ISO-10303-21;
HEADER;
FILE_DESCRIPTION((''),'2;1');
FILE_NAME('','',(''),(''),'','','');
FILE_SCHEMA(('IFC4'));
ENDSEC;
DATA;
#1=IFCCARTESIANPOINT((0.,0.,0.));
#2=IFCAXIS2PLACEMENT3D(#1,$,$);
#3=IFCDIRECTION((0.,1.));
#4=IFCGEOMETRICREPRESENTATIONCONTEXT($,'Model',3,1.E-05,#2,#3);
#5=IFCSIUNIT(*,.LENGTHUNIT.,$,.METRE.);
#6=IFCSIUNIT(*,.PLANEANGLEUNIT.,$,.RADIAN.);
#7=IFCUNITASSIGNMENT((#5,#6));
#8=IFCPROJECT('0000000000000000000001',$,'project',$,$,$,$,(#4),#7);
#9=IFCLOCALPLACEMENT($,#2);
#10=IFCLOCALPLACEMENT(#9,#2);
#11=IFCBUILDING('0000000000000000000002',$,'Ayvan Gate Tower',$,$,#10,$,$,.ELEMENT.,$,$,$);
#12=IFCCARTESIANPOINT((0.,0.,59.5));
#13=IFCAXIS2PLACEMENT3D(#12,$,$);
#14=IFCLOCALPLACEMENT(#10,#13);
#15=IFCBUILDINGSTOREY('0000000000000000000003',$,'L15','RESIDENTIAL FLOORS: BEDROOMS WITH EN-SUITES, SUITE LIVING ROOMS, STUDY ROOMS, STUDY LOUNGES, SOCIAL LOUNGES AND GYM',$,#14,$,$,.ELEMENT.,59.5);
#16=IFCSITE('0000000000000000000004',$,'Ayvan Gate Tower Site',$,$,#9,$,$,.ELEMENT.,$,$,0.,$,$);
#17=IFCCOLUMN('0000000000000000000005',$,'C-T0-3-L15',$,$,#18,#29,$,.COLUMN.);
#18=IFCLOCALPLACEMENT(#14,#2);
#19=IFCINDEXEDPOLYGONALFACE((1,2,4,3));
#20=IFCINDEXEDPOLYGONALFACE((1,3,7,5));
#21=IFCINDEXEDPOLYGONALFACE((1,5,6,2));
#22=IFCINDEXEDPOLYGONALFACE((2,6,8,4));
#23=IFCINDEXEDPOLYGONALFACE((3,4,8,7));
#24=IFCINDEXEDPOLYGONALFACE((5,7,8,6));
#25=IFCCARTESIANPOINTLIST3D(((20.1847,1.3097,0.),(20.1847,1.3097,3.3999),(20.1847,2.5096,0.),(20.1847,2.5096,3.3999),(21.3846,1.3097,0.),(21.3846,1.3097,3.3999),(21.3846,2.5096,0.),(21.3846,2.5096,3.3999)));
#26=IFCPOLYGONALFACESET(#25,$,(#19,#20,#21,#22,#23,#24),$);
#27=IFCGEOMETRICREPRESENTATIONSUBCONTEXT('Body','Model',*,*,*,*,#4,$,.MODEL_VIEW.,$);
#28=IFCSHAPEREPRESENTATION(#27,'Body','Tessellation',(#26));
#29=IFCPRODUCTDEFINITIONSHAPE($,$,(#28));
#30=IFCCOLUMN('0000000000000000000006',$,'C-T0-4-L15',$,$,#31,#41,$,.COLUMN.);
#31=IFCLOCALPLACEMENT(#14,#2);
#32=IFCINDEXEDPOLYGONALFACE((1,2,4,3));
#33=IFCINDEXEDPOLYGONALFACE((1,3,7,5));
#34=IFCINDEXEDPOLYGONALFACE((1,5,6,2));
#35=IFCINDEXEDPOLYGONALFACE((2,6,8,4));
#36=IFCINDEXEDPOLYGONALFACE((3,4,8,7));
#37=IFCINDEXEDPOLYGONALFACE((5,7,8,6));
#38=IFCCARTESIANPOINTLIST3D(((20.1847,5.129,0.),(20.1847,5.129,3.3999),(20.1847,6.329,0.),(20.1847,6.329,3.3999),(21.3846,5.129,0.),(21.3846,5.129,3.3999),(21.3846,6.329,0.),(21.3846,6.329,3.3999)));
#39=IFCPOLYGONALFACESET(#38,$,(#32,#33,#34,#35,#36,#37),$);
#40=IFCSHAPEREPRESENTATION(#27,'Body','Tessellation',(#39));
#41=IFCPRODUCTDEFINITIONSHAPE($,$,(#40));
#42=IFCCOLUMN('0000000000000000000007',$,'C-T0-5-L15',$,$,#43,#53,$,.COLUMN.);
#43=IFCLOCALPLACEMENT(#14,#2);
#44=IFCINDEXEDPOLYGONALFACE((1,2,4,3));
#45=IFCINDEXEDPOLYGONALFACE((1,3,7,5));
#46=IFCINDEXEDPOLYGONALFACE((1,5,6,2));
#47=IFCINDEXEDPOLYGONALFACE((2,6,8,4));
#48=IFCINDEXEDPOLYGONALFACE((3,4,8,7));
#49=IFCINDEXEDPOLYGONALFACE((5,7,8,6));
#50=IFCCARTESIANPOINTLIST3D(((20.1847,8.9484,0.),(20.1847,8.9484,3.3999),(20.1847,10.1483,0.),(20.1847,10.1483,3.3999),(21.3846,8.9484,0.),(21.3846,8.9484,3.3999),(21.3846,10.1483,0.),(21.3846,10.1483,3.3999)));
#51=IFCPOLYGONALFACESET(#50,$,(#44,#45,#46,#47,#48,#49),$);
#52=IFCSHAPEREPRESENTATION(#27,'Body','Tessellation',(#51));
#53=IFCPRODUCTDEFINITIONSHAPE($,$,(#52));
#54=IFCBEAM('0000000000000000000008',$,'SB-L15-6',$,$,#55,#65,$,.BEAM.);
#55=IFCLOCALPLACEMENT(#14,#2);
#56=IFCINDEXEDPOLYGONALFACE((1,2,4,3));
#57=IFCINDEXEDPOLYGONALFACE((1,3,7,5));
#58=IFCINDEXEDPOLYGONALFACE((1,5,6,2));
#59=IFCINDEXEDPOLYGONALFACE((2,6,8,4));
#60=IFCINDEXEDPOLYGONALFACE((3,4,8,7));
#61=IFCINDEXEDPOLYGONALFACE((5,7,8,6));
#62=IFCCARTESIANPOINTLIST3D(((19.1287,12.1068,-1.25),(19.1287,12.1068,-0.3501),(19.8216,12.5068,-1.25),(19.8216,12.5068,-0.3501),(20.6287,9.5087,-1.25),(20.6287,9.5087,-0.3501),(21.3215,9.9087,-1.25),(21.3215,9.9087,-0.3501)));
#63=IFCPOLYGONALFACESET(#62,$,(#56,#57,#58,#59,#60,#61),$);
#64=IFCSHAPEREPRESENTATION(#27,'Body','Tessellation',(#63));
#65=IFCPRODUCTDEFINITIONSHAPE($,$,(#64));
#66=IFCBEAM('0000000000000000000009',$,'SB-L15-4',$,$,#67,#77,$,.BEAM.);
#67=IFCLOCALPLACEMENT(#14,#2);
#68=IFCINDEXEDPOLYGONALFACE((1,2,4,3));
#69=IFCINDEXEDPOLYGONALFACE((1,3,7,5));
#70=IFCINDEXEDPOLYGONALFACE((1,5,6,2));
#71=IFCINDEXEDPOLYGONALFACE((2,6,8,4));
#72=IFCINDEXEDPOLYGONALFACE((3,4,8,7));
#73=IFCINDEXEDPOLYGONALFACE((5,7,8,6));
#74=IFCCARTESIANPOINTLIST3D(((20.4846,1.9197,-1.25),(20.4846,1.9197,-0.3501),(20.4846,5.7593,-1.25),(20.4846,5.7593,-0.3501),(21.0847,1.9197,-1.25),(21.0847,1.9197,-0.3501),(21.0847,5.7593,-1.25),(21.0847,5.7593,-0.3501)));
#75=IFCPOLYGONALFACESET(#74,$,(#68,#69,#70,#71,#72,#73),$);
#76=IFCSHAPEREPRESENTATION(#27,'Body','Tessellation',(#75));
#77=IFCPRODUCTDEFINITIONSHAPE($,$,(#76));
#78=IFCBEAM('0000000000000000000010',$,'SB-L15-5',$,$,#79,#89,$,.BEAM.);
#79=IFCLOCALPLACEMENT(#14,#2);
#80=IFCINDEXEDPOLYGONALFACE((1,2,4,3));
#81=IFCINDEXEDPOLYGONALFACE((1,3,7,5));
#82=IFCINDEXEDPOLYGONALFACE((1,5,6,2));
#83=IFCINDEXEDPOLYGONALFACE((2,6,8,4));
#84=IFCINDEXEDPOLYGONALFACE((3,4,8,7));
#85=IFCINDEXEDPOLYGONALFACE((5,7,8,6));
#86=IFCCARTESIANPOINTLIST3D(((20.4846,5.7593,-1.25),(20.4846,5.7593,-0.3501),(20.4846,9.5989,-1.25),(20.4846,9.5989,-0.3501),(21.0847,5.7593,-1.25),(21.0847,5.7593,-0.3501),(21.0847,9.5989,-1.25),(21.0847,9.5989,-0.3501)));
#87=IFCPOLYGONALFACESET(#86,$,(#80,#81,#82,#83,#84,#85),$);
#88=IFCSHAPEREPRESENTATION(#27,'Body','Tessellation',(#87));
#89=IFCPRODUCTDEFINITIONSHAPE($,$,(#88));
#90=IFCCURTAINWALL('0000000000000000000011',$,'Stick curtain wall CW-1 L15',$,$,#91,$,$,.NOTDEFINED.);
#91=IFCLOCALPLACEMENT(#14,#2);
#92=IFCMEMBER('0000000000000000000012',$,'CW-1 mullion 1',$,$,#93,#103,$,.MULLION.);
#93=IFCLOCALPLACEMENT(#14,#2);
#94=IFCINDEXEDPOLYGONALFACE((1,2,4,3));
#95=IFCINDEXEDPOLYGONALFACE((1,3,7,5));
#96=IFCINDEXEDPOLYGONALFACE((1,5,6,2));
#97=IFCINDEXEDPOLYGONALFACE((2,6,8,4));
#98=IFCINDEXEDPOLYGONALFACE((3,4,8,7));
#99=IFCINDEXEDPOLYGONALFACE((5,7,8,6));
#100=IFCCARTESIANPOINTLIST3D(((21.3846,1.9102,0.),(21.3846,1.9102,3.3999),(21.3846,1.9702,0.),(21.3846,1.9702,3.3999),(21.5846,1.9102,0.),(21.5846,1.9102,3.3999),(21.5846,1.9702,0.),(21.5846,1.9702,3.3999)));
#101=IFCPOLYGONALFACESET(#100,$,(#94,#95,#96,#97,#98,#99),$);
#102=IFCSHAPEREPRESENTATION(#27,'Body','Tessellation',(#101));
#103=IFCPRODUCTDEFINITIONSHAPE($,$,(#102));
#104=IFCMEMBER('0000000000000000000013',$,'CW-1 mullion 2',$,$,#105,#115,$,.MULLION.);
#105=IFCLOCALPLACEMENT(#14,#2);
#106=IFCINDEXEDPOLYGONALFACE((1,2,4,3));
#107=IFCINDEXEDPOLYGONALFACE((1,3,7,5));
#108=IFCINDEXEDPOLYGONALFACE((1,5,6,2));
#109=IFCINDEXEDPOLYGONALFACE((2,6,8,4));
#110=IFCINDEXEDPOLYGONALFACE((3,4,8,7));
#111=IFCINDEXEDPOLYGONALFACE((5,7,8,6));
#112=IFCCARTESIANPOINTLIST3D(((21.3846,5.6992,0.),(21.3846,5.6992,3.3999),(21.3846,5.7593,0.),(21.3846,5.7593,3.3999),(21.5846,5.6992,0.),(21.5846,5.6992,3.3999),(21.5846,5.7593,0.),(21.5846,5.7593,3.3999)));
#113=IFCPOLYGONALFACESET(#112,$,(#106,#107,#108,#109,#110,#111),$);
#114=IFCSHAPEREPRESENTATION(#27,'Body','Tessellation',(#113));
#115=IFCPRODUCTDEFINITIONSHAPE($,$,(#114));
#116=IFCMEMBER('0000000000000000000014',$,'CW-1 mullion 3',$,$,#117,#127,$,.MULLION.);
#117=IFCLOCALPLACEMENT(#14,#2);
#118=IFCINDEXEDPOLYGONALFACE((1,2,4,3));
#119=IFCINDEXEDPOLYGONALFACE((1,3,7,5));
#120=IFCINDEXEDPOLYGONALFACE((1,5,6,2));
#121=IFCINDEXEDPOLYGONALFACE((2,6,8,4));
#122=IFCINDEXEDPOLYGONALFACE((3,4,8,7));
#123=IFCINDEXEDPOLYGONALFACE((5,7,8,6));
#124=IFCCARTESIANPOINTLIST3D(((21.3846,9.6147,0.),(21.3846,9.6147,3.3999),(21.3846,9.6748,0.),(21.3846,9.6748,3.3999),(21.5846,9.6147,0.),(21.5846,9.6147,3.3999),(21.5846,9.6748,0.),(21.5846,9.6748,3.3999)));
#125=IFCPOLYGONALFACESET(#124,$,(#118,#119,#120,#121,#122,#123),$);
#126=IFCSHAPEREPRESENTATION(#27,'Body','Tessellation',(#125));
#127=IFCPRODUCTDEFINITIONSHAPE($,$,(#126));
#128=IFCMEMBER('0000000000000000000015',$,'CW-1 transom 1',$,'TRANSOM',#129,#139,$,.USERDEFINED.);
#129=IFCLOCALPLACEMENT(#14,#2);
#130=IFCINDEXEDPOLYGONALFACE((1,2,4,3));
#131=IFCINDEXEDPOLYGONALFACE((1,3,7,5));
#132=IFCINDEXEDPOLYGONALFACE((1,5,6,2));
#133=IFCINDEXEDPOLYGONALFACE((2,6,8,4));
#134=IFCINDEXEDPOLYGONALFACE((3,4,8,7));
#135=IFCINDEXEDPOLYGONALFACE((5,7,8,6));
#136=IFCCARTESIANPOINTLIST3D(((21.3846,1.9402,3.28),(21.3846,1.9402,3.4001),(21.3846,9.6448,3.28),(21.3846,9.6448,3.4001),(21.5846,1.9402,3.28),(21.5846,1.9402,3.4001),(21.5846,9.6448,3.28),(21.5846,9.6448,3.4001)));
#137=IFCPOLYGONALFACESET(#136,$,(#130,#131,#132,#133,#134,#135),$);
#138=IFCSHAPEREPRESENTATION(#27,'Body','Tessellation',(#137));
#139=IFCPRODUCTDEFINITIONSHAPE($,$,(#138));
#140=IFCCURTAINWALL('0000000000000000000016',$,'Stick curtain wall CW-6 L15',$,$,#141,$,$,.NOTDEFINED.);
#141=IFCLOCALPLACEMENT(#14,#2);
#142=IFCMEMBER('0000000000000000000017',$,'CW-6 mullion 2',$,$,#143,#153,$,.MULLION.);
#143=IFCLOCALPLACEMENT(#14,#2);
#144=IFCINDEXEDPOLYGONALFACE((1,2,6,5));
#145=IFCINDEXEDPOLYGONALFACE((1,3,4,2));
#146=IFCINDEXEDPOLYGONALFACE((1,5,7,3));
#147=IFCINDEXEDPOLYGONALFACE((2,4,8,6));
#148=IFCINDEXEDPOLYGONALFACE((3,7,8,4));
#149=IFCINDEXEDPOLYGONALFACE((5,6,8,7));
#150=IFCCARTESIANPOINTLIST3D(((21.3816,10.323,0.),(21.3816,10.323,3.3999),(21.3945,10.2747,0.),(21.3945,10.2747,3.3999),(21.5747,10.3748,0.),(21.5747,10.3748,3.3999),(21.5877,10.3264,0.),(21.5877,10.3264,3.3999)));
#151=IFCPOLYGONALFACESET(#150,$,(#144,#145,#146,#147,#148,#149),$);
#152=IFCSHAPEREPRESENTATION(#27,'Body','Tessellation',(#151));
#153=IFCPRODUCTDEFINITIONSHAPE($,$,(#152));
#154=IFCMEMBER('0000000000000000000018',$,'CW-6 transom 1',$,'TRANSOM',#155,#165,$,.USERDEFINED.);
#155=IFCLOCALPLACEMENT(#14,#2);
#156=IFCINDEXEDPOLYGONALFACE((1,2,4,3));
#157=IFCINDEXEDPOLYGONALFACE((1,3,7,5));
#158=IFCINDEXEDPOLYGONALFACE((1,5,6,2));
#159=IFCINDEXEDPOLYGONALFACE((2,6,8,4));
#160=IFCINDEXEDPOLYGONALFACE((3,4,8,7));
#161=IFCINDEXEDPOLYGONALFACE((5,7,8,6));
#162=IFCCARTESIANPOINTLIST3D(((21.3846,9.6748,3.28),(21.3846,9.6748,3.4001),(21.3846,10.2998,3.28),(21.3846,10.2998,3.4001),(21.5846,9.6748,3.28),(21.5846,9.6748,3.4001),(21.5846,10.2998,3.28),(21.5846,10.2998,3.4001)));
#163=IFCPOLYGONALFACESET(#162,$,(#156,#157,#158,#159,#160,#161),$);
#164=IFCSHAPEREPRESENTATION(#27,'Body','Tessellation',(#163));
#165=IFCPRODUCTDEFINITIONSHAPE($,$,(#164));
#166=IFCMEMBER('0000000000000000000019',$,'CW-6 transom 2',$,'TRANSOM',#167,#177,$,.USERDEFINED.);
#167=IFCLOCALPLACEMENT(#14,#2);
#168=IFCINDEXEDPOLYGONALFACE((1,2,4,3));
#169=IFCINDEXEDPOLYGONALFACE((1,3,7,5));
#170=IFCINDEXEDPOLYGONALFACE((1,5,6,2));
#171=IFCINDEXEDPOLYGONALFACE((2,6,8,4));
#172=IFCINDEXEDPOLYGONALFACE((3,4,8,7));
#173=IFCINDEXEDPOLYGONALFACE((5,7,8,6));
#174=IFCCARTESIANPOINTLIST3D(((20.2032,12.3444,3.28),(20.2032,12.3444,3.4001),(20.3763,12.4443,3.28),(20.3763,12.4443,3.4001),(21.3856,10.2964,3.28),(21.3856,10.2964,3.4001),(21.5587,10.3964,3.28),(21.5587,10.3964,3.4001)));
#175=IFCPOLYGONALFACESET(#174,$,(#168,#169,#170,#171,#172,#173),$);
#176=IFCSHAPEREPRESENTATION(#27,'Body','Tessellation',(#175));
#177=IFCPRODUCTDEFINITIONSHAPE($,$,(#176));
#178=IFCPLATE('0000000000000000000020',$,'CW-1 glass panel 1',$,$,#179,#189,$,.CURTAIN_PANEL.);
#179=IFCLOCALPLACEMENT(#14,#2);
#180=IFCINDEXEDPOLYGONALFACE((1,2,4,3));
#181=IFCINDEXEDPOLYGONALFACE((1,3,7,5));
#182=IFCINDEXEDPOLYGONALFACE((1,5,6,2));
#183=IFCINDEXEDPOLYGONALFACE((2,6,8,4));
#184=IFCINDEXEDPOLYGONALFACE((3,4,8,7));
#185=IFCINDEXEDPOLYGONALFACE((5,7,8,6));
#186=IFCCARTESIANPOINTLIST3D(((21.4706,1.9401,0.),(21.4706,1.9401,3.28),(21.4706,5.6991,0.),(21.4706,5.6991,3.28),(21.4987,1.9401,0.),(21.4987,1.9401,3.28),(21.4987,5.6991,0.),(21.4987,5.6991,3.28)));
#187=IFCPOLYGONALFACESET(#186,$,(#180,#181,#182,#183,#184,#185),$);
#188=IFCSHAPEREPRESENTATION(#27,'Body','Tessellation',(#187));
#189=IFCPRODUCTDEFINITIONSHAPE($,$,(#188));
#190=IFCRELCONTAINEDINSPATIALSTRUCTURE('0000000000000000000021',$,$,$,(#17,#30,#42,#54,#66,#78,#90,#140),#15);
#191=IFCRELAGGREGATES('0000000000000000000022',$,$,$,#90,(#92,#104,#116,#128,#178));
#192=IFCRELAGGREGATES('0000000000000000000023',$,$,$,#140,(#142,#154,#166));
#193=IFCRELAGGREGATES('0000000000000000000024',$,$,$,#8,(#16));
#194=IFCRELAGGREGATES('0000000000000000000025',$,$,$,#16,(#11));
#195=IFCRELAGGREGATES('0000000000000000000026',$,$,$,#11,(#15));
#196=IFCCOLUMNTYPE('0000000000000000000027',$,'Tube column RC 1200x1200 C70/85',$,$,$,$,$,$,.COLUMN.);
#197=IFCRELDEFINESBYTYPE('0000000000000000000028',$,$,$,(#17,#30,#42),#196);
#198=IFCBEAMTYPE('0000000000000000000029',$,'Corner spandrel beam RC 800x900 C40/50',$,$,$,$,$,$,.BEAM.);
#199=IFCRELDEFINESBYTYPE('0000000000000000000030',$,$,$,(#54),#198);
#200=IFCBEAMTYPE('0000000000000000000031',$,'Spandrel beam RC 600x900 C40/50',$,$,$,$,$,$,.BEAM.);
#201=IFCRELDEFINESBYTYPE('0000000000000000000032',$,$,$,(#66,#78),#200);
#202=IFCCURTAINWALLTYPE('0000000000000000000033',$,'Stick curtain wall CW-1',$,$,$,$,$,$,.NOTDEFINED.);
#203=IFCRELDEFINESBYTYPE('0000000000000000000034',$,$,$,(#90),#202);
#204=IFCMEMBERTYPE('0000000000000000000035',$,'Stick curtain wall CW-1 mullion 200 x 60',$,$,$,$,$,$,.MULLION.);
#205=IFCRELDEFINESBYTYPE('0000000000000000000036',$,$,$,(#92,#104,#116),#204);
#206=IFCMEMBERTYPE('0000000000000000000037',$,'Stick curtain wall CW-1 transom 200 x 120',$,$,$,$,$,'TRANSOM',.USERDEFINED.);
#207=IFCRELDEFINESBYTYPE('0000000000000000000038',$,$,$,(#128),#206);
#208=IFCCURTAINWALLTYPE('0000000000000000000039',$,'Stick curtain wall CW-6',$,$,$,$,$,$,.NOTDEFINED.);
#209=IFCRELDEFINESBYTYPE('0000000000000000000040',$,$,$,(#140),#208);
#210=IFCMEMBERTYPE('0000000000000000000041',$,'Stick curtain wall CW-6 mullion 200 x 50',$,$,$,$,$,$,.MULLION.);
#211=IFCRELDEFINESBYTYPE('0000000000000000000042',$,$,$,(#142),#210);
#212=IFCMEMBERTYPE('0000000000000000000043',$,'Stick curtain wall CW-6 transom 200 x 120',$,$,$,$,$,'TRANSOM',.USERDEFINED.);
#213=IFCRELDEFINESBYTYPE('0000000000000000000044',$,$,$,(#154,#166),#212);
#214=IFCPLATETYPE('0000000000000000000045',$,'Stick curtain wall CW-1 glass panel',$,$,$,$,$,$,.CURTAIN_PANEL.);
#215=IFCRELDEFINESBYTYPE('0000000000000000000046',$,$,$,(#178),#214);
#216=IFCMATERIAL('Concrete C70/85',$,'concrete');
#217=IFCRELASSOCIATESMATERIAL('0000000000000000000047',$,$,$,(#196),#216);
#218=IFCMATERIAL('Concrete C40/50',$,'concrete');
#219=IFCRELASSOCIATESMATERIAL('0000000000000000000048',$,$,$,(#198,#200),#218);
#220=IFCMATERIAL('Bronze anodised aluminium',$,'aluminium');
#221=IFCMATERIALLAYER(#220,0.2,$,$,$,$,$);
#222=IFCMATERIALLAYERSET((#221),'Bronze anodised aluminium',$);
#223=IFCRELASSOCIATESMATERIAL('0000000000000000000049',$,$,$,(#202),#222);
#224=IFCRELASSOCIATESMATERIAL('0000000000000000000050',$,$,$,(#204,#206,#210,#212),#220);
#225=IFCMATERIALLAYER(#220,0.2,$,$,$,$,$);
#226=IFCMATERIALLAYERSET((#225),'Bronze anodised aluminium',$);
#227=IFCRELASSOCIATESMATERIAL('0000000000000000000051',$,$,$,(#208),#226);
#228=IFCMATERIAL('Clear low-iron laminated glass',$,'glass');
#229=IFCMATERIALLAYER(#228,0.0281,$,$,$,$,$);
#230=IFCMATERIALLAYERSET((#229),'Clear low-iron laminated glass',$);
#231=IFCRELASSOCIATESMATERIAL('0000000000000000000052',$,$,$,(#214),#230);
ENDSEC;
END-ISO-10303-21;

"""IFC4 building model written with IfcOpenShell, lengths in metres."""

from ifc_helpers import new_model, si_unit, direction, frame, origin, origin_2d, place, context, subcontext, project, spatial, rectangle, extrude, material, layer, layer_set, material_profile, profile_set, type_object, element, aggregate, save


model = new_model("IFC4")

# Units and contexts
model_context = context("Model", 3, precision=1e-05, world=origin(), true_north=direction((0.0, 1.0)))
body_context = subcontext(model_context, "Body", "Model", "MODEL_VIEW")
ifc_project = project(units=[si_unit("LENGTHUNIT", "METRE"), si_unit("PLANEANGLEUNIT", "RADIAN")], contexts=[model_context])

# Site, building, storey
site_placement = place(None, origin())
site = spatial("IfcSite", under=ifc_project, at=site_placement, Name="Ayvan Gate Tower Site", CompositionType="ELEMENT", RefElevation=0.0)
building_placement = place(site_placement, origin())
building = spatial("IfcBuilding", under=site, at=building_placement, Name="Ayvan Gate Tower", CompositionType="ELEMENT")
storey_placement = place(building_placement, frame((0.0, 0.0, 59.5)))
storey = spatial("IfcBuildingStorey", under=building, at=storey_placement, Name="L15", Description="RESIDENTIAL FLOORS: BEDROOMS WITH EN-SUITES, SUITE LIVING ROOMS, STUDY ROOMS, STUDY LOUNGES, SOCIAL LOUNGES AND GYM", CompositionType="ELEMENT", Elevation=59.5)

# Columns
ifc_material_1 = material(Name="Concrete C70/85", Category="concrete")
ifc_material_profile_1 = material_profile(ifc_material_1, rectangle(XDim=1.2, YDim=1.2, at=origin_2d()), Name="RC 1200x1200")
ifc_profile_set_1 = profile_set([ifc_material_profile_1], Name="Concrete C70/85")
column_type = type_object("IfcColumnType", Name="Tube column RC 1200x1200 C70/85", PredefinedType="COLUMN", material=ifc_profile_set_1)
for number, where, z_axis, x_axis, name in (
    (1, (20.7847, 1.9097, 0.0), (0.0, 0.0, 1.0), (1.0, 0.0, 0.0), "C-T0-3-L15"),
    (2, (20.7847, 5.729, 0.0), (0.0, 0.0, 1.0), (1.0, 0.0, 0.0), "C-T0-4-L15"),
    (3, (20.7847, 9.5483, 0.0), (0.0, 0.0, 1.0), (1.0, 0.0, 0.0), "C-T0-5-L15"),
):
    element("IfcColumn", number, at=place(storey_placement, frame(where, z_axis=z_axis, x_axis=x_axis)), inside=storey, type_object=column_type, Name=name, PredefinedType="COLUMN", context=body_context, shape_type="SweptSolid", body=[
        extrude(rectangle(XDim=1.2, YDim=1.2, at=origin_2d()), origin(), (0.0, 0.0, 1.0), 3.3999),
    ])

# Beams
ifc_material_2 = material(Name="Concrete C40/50", Category="concrete")
ifc_material_profile_2 = material_profile(ifc_material_2, rectangle(XDim=0.8, YDim=0.8999, at=origin_2d()), Name="RC 800x900")
ifc_profile_set_2 = profile_set([ifc_material_profile_2], Name="Concrete C40/50")
beam_type_1 = type_object("IfcBeamType", Name="Corner spandrel beam RC 800x900 C40/50", PredefinedType="BEAM", material=ifc_profile_set_2)
beam_placement = place(storey_placement, frame((20.9751, 9.7087, -0.8), z_axis=(-0.49999, 0.866031, 0.0), x_axis=(-0.866031, -0.49999, 0.0)))
element("IfcBeam", 4, at=beam_placement, inside=storey, type_object=beam_type_1, Name="SB-L15-6", PredefinedType="BEAM", context=body_context, shape_type="SweptSolid", body=[
    extrude(rectangle(XDim=0.8, YDim=0.8999, at=origin_2d()), origin(), (0.0, 0.0, 1.0), 3.0),
])
ifc_material_profile_3 = material_profile(ifc_material_2, rectangle(XDim=0.6001, YDim=0.8999, at=origin_2d()), Name="RC 600x900")
ifc_profile_set_3 = profile_set([ifc_material_profile_3], Name="Concrete C40/50")
beam_type_2 = type_object("IfcBeamType", Name="Spandrel beam RC 600x900 C40/50", PredefinedType="BEAM", material=ifc_profile_set_3)
for number, where, z_axis, x_axis, name in (
    (5, (20.7847, 1.9197, -0.8), (0.0, 1.0, 0.0), (-1.0, 0.0, 0.0), "SB-L15-4"),
    (6, (20.7847, 5.7593, -0.8), (0.0, 1.0, 0.0), (-1.0, 0.0, 0.0), "SB-L15-5"),
):
    element("IfcBeam", number, at=place(storey_placement, frame(where, z_axis=z_axis, x_axis=x_axis)), inside=storey, type_object=beam_type_2, Name=name, PredefinedType="BEAM", context=body_context, shape_type="SweptSolid", body=[
        extrude(rectangle(XDim=0.6001, YDim=0.8999, at=origin_2d()), origin(), (0.0, 0.0, 1.0), 3.8396),
    ])

# Curtain walls, members
ifc_material_3 = material(Name="Bronze anodised aluminium", Category="aluminium")
ifc_layer_1 = layer(ifc_material_3, 0.2)
ifc_layer_set_1 = layer_set([ifc_layer_1], Name="Bronze anodised aluminium")
curtain_wall_type_1 = type_object("IfcCurtainWallType", Name="Stick curtain wall CW-1", PredefinedType="NOTDEFINED", material=ifc_layer_set_1)
curtain_wall_1_placement = place(storey_placement, origin())
curtain_wall_1 = element("IfcCurtainWall", 7, at=curtain_wall_1_placement, inside=storey, type_object=curtain_wall_type_1, Name="Stick curtain wall CW-1 L15", PredefinedType="NOTDEFINED")
ifc_material_profile_4 = material_profile(ifc_material_3, rectangle(XDim=0.2, YDim=0.0601, at=origin_2d()), Name="Stick curtain wall CW-1 mullion 200 x 60")
ifc_profile_set_4 = profile_set([ifc_material_profile_4], Name="Bronze anodised aluminium")
member_type_1 = type_object("IfcMemberType", Name="Stick curtain wall CW-1 mullion 200 x 60", PredefinedType="MULLION", material=ifc_profile_set_4)
member_1_placement = place(storey_placement, frame((21.4846, 1.9402, 0.0), z_axis=(0.0, 0.0, 1.0), x_axis=(1.0, 0.0, 0.0)))
member_1 = element("IfcMember", 8, at=member_1_placement, type_object=member_type_1, Name="CW-1 mullion 1", PredefinedType="MULLION", context=body_context, shape_type="SweptSolid", body=[
    extrude(rectangle(XDim=0.2, YDim=0.0601, at=origin_2d()), origin(), (0.0, 0.0, 1.0), 3.3999),
])
member_2_placement = place(storey_placement, frame((21.4846, 5.7292, 0.0), z_axis=(0.0, 0.0, 1.0), x_axis=(1.0, 0.0, 0.0)))
member_2 = element("IfcMember", 9, at=member_2_placement, type_object=member_type_1, Name="CW-1 mullion 2", PredefinedType="MULLION", context=body_context, shape_type="SweptSolid", body=[
    extrude(rectangle(XDim=0.2, YDim=0.0601, at=origin_2d()), origin(), (0.0, 0.0, 1.0), 3.3999),
])
member_3_placement = place(storey_placement, frame((21.4846, 9.6448, 0.0), z_axis=(0.0, 0.0, 1.0), x_axis=(1.0, 0.0, 0.0)))
member_3 = element("IfcMember", 10, at=member_3_placement, type_object=member_type_1, Name="CW-1 mullion 3", PredefinedType="MULLION", context=body_context, shape_type="SweptSolid", body=[
    extrude(rectangle(XDim=0.2, YDim=0.0601, at=origin_2d()), origin(), (0.0, 0.0, 1.0), 3.3999),
])
ifc_material_profile_5 = material_profile(ifc_material_3, rectangle(XDim=0.2, YDim=0.1201, at=origin_2d()), Name="Stick curtain wall CW-1 transom 200 x 120")
ifc_profile_set_5 = profile_set([ifc_material_profile_5], Name="Bronze anodised aluminium")
member_type_2 = type_object("IfcMemberType", Name="Stick curtain wall CW-1 transom 200 x 120", ElementType="TRANSOM", PredefinedType="USERDEFINED", material=ifc_profile_set_5)
member_4_placement = place(storey_placement, frame((21.4846, 1.9402, 3.3401), z_axis=(0.0, 1.0, 0.0), x_axis=(-1.0, 0.0, 0.0)))
member_4 = element("IfcMember", 11, at=member_4_placement, type_object=member_type_2, Name="CW-1 transom 1", ObjectType="TRANSOM", PredefinedType="USERDEFINED", context=body_context, shape_type="SweptSolid", body=[
    extrude(rectangle(XDim=0.2, YDim=0.1201, at=origin_2d()), origin(), (0.0, 0.0, 1.0), 7.7046),
])
ifc_layer_2 = layer(ifc_material_3, 0.2)
ifc_layer_set_2 = layer_set([ifc_layer_2], Name="Bronze anodised aluminium")
curtain_wall_type_2 = type_object("IfcCurtainWallType", Name="Stick curtain wall CW-6", PredefinedType="NOTDEFINED", material=ifc_layer_set_2)
curtain_wall_2_placement = place(storey_placement, origin())
curtain_wall_2 = element("IfcCurtainWall", 12, at=curtain_wall_2_placement, inside=storey, type_object=curtain_wall_type_2, Name="Stick curtain wall CW-6 L15", PredefinedType="NOTDEFINED")
ifc_material_profile_6 = material_profile(ifc_material_3, rectangle(XDim=0.2, YDim=0.05, at=origin_2d()), Name="Stick curtain wall CW-6 mullion 200 x 50")
ifc_profile_set_6 = profile_set([ifc_material_profile_6], Name="Bronze anodised aluminium")
member_type_3 = type_object("IfcMemberType", Name="Stick curtain wall CW-6 mullion 200 x 50", PredefinedType="MULLION", material=ifc_profile_set_6)
member_5_placement = place(storey_placement, frame((21.4846, 10.3247, 0.0), z_axis=(0.0, 0.0, 1.0), x_axis=(0.965926, 0.258819, 0.0)))
member_5 = element("IfcMember", 13, at=member_5_placement, type_object=member_type_3, Name="CW-6 mullion 2", PredefinedType="MULLION", context=body_context, shape_type="SweptSolid", body=[
    extrude(rectangle(XDim=0.2, YDim=0.05, at=origin_2d()), origin(), (0.0, 0.0, 1.0), 3.3999),
])
ifc_material_profile_7 = material_profile(ifc_material_3, rectangle(XDim=0.2, YDim=0.1201, at=origin_2d()), Name="Stick curtain wall CW-6 transom 200 x 120")
ifc_profile_set_7 = profile_set([ifc_material_profile_7], Name="Bronze anodised aluminium")
member_type_4 = type_object("IfcMemberType", Name="Stick curtain wall CW-6 transom 200 x 120", ElementType="TRANSOM", PredefinedType="USERDEFINED", material=ifc_profile_set_7)
member_6_placement = place(storey_placement, frame((21.4846, 9.6748, 3.3401), z_axis=(0.0, 1.0, 0.0), x_axis=(-1.0, 0.0, 0.0)))
member_6 = element("IfcMember", 14, at=member_6_placement, type_object=member_type_4, Name="CW-6 transom 1", ObjectType="TRANSOM", PredefinedType="USERDEFINED", context=body_context, shape_type="SweptSolid", body=[
    extrude(rectangle(XDim=0.2, YDim=0.1201, at=origin_2d()), origin(), (0.0, 0.0, 1.0), 0.625),
])
member_7_placement = place(storey_placement, frame((21.4722, 10.3464, 3.3401), z_axis=(-0.500014, 0.866017, 0.0), x_axis=(-0.866017, -0.500014, 0.0)))
member_7 = element("IfcMember", 15, at=member_7_placement, type_object=member_type_4, Name="CW-6 transom 2", ObjectType="TRANSOM", PredefinedType="USERDEFINED", context=body_context, shape_type="SweptSolid", body=[
    extrude(rectangle(XDim=0.2, YDim=0.1201, at=origin_2d()), origin(), (0.0, 0.0, 1.0), 2.3647),
])

# Plate
ifc_material_4 = material(Name="Clear low-iron laminated glass", Category="glass")
ifc_layer_3 = layer(ifc_material_4, 0.0281)
ifc_layer_set_3 = layer_set([ifc_layer_3], Name="Clear low-iron laminated glass")
plate_type_1 = type_object("IfcPlateType", Name="Stick curtain wall CW-1 glass panel", PredefinedType="CURTAIN_PANEL", material=ifc_layer_set_3)
plate_1_placement = place(storey_placement, frame((21.4846, 3.8196, 0.0), z_axis=(0.0, 0.0, 1.0), x_axis=(0.0, 1.0, 0.0)))
plate_1 = element("IfcPlate", 16, at=plate_1_placement, type_object=plate_type_1, Name="CW-1 glass panel 1", PredefinedType="CURTAIN_PANEL", context=body_context, shape_type="SweptSolid", body=[
    extrude(rectangle(XDim=3.759, YDim=0.0281, at=origin_2d()), origin(), (0.0, 0.0, 1.0), 3.28),
])
aggregate(curtain_wall_1, [member_1, member_2, member_3, member_4, plate_1])
aggregate(curtain_wall_2, [member_5, member_6, member_7])

save(model, "model.ifc")
